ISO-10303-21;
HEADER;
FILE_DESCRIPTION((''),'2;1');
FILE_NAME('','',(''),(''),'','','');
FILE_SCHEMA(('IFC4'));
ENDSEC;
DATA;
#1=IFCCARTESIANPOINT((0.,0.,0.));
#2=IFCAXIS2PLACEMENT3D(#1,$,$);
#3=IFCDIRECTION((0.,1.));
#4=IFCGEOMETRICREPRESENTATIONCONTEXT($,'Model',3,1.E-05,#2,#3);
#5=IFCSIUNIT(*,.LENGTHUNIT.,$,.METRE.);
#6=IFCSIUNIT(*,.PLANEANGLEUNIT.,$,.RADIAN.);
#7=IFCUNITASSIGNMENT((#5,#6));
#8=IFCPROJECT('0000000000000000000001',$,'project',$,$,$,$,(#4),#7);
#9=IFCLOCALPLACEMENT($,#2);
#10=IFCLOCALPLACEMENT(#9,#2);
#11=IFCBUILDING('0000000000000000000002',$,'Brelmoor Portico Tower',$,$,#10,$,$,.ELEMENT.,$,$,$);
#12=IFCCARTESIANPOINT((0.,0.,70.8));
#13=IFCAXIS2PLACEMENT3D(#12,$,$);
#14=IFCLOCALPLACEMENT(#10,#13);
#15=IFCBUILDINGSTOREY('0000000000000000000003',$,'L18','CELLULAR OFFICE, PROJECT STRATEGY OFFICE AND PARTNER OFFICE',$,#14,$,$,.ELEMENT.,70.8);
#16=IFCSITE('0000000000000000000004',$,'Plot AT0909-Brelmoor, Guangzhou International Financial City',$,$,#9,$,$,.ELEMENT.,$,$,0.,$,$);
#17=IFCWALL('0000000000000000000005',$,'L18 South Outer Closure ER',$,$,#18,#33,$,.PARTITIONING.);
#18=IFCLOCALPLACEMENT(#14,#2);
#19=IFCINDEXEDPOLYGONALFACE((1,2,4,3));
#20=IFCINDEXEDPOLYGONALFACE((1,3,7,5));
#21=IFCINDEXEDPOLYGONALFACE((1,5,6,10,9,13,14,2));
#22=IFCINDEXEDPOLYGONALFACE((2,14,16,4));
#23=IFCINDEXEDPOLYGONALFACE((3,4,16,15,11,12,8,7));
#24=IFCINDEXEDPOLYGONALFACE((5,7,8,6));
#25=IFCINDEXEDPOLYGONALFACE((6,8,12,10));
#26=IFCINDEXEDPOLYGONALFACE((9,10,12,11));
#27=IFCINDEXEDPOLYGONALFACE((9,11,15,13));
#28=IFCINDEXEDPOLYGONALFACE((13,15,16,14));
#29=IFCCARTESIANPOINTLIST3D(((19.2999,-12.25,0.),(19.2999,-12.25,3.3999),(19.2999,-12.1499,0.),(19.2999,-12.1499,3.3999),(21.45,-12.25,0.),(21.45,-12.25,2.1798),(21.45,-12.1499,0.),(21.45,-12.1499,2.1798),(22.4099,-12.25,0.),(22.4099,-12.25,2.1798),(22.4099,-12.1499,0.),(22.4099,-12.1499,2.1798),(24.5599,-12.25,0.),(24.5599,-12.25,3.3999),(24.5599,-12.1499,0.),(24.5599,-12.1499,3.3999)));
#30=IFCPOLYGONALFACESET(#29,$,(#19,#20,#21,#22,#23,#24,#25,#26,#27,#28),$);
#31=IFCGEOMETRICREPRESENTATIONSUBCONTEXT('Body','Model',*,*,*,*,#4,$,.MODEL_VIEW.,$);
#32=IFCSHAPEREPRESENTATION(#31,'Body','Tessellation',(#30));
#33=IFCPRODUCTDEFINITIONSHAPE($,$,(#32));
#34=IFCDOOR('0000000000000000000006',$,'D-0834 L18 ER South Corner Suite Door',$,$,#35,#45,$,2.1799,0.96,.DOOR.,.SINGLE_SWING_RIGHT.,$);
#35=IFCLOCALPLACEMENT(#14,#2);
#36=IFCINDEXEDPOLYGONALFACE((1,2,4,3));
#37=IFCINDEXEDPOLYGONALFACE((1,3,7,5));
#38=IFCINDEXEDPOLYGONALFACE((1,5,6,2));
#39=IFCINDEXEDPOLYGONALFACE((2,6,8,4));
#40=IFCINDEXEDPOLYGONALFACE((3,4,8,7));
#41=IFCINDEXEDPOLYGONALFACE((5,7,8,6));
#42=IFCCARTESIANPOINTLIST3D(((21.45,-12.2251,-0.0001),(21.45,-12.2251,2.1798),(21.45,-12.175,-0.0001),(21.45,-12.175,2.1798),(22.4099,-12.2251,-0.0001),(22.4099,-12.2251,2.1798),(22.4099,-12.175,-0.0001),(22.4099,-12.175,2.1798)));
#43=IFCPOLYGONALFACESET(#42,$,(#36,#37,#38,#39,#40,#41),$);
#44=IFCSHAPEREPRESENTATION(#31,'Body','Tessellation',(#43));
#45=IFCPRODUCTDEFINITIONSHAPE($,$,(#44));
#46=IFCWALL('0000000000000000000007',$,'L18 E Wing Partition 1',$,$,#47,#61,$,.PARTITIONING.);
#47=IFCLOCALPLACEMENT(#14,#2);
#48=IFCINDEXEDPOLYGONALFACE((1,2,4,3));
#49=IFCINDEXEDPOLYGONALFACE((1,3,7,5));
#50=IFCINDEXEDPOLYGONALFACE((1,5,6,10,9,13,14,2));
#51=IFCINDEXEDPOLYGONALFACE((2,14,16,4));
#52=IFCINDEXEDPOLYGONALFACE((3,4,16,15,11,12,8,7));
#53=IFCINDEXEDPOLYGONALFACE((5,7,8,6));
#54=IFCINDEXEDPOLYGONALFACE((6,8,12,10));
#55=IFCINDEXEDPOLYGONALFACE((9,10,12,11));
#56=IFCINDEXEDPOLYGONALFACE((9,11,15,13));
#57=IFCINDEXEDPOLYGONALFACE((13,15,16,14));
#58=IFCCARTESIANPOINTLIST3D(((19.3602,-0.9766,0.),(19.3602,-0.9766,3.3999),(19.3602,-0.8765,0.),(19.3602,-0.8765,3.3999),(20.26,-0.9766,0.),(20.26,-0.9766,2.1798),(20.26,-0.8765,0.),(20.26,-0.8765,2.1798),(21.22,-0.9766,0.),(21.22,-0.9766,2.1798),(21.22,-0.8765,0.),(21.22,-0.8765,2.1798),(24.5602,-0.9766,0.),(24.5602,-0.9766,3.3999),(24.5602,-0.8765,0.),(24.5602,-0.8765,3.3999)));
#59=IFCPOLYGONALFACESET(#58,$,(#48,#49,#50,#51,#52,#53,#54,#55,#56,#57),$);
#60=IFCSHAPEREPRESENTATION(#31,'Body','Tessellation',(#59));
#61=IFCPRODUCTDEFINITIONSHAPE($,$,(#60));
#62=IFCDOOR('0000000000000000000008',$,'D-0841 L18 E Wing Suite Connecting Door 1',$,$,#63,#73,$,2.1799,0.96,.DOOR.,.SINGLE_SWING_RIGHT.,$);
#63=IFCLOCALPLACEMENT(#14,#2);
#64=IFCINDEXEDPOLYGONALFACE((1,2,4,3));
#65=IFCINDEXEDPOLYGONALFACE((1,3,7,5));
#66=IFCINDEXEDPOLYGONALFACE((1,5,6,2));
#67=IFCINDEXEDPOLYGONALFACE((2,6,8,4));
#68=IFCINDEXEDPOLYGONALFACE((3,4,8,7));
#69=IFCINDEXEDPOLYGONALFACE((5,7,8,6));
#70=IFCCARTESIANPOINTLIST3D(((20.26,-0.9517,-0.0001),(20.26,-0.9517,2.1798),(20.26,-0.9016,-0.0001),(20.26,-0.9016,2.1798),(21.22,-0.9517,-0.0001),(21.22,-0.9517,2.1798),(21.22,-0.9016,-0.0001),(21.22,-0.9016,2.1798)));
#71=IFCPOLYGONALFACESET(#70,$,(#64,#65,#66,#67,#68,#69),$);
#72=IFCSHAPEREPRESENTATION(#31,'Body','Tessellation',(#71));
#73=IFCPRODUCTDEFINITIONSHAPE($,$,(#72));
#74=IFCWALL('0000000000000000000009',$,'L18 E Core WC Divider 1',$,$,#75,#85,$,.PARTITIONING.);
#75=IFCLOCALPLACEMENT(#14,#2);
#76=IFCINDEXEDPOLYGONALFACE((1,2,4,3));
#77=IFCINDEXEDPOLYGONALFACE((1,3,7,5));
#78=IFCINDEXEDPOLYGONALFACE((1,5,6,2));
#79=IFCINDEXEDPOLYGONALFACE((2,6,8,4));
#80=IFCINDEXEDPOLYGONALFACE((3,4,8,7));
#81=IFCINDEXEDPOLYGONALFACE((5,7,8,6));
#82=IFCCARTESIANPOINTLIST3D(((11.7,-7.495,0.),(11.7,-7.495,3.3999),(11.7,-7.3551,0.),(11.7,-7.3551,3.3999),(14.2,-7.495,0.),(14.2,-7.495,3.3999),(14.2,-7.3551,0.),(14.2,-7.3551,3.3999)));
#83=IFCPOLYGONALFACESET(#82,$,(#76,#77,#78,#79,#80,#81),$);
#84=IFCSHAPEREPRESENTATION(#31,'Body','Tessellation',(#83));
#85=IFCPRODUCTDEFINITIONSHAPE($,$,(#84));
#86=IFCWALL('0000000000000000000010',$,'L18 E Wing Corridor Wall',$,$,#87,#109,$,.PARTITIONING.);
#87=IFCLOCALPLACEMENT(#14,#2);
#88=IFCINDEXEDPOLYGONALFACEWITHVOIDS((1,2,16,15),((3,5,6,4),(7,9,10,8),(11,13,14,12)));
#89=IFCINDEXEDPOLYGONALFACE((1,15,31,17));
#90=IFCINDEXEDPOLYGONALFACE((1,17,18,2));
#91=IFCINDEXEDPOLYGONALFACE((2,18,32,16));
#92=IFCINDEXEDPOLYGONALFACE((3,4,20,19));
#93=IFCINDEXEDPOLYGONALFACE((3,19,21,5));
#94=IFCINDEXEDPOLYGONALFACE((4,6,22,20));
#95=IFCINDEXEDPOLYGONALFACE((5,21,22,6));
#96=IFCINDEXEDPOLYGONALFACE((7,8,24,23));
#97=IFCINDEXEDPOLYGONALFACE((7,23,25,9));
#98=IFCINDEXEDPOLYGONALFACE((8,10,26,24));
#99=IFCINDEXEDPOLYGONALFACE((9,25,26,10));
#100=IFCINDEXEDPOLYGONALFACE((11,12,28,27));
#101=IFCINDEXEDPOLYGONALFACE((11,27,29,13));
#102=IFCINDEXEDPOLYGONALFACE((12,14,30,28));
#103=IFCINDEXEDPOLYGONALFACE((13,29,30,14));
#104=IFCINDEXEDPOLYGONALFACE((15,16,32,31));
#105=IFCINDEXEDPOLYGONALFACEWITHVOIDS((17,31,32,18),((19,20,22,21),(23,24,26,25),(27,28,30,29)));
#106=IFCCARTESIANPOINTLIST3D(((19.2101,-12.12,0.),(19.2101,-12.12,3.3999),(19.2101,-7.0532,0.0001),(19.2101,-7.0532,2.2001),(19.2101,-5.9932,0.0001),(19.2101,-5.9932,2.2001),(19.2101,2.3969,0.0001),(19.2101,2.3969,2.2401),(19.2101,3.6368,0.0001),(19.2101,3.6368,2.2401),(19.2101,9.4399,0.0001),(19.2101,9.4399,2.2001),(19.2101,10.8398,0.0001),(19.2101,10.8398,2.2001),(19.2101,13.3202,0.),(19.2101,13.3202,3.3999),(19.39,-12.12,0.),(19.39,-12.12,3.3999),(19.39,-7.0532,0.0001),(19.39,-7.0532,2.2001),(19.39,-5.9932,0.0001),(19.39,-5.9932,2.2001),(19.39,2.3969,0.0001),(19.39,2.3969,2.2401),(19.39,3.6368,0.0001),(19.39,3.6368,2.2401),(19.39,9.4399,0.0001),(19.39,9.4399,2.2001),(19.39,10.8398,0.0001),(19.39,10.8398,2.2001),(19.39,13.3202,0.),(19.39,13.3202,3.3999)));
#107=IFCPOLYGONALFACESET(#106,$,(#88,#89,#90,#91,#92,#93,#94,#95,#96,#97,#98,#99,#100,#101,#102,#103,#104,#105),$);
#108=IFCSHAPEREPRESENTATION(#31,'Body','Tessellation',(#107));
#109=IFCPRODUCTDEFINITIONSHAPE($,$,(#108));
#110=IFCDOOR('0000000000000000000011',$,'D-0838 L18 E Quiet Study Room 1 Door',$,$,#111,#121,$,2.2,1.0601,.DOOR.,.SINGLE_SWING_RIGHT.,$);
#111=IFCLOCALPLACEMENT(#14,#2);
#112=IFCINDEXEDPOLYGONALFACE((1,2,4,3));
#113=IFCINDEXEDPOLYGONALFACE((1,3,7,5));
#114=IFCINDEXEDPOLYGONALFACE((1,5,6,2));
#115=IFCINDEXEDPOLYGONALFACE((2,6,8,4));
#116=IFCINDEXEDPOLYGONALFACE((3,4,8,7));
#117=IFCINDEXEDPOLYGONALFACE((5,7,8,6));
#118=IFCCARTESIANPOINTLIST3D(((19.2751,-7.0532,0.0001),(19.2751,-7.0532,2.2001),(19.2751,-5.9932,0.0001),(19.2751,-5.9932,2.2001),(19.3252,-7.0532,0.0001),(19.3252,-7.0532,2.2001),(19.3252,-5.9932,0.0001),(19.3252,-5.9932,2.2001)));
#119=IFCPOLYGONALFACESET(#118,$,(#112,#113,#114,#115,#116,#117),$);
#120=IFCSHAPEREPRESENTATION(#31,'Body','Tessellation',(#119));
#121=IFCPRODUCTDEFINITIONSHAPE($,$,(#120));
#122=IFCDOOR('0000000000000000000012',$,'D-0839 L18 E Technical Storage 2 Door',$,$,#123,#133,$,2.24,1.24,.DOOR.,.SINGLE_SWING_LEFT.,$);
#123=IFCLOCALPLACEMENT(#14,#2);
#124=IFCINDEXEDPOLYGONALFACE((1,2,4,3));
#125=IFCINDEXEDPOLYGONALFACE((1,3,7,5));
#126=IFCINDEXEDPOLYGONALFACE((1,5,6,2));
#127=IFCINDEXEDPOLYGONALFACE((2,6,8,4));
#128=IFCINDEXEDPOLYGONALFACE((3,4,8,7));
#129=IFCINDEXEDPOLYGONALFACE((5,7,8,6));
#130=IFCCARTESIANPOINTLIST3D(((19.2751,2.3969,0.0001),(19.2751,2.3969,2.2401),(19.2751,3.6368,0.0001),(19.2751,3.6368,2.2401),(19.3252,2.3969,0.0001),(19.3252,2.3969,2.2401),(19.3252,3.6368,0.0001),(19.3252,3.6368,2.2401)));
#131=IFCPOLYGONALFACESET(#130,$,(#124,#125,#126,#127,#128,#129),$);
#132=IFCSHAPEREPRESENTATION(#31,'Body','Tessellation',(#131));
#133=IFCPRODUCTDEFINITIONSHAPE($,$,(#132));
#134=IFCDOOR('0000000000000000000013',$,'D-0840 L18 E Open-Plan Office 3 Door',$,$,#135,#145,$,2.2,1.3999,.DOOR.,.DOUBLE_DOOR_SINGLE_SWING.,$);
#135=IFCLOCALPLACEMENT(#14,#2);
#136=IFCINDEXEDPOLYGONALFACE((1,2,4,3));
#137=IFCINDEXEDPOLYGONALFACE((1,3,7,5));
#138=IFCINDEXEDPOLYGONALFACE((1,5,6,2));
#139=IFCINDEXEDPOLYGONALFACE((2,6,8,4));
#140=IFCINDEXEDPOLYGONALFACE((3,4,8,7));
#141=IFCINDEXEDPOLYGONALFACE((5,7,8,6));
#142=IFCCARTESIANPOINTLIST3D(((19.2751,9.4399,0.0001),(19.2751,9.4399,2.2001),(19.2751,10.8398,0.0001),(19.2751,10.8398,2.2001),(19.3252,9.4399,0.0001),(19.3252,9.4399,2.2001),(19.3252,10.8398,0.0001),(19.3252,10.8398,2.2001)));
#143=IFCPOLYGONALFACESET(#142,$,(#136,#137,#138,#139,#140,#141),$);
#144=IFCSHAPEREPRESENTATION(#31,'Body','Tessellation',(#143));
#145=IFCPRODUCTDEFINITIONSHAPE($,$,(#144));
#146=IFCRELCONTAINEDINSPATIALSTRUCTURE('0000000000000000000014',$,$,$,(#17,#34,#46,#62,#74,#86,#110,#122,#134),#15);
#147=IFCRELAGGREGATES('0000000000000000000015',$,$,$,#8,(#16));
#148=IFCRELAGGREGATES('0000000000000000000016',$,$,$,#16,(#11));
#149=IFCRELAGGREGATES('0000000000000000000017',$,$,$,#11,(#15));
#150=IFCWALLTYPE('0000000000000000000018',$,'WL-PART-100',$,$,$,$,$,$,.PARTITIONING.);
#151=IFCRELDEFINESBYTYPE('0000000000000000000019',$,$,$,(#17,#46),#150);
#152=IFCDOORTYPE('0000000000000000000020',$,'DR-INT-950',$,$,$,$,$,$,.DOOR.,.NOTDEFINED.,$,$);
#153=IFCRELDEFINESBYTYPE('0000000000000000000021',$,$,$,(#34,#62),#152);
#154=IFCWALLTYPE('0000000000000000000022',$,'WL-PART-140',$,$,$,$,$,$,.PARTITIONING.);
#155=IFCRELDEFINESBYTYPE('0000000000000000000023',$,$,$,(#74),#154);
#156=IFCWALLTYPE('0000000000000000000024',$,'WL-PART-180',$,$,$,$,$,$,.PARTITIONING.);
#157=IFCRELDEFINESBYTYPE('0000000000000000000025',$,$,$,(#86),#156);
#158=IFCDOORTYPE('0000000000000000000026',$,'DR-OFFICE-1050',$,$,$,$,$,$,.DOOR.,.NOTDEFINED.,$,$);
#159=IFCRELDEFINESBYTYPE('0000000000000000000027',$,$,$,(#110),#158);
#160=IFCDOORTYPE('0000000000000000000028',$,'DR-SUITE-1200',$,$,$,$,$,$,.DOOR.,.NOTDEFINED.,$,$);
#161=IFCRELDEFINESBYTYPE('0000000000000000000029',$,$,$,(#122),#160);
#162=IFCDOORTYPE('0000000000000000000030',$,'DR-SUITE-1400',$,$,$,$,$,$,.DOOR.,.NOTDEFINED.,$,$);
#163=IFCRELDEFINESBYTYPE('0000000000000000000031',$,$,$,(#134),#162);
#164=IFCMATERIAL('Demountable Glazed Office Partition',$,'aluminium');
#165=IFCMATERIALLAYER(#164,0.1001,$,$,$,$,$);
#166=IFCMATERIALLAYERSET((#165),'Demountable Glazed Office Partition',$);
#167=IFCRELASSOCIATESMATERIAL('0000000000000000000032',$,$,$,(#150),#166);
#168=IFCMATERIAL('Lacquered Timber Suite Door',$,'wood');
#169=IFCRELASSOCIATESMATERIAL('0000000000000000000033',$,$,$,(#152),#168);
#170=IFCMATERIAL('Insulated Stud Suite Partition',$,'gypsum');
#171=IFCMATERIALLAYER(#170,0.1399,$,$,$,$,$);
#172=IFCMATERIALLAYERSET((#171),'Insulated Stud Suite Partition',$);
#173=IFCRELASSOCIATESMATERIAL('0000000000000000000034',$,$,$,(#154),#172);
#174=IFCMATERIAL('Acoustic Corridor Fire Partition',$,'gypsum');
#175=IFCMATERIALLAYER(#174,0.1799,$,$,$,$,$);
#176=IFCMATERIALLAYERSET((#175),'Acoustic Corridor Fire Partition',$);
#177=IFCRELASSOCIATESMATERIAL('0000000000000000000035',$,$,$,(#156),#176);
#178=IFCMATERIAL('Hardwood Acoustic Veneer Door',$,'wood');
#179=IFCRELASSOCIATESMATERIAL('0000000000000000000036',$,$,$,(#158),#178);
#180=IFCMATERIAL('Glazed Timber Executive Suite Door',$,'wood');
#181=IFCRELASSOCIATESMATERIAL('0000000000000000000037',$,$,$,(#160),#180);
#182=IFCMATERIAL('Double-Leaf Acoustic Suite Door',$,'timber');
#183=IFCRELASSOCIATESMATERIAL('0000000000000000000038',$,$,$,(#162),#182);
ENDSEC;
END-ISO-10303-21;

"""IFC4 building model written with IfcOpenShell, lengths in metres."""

from ifc_helpers import new_model, si_unit, direction, frame, frame_2d, origin, place, context, subcontext, project, spatial, rectangle, extrude, material, layer, layer_set, type_object, element, fill, save


model = new_model("IFC4")

# Units and contexts
model_context = context("Model", 3, precision=1e-05, world=origin(), true_north=direction((0.0, 1.0)))
body_context = subcontext(model_context, "Body", "Model", "MODEL_VIEW")
ifc_project = project(units=[si_unit("LENGTHUNIT", "METRE"), si_unit("PLANEANGLEUNIT", "RADIAN")], contexts=[model_context])

# Site, building, storey
site_placement = place(None, origin())
site = spatial("IfcSite", under=ifc_project, at=site_placement, Name="Plot AT0909-Brelmoor, Guangzhou International Financial City", CompositionType="ELEMENT", RefElevation=0.0)
building_placement = place(site_placement, origin())
building = spatial("IfcBuilding", under=site, at=building_placement, Name="Brelmoor Portico Tower", CompositionType="ELEMENT")
storey_placement = place(building_placement, frame((0.0, 0.0, 70.8)))
storey = spatial("IfcBuildingStorey", under=building, at=storey_placement, Name="L18", Description="CELLULAR OFFICE, PROJECT STRATEGY OFFICE AND PARTNER OFFICE", CompositionType="ELEMENT", Elevation=70.8)

# Walls, openings, doors
ifc_material_1 = material(Name="Demountable Glazed Office Partition", Category="aluminium")
ifc_layer_1 = layer(ifc_material_1, 0.1001)
ifc_layer_set_1 = layer_set([ifc_layer_1], Name="Demountable Glazed Office Partition")
wall_type_1 = type_object("IfcWallType", Name="WL-PART-100", PredefinedType="PARTITIONING", material=ifc_layer_set_1)
wall_1_placement = place(storey_placement, frame((19.3, -12.2, 0.0), z_axis=(0.0, 0.0, 1.0), x_axis=(1.0, 0.0, 0.0)))
wall_1 = element("IfcWall", 1, at=wall_1_placement, inside=storey, type_object=wall_type_1, Name="L18 South Outer Closure ER", PredefinedType="PARTITIONING", context=body_context, shape_type="SweptSolid", body=[
    extrude(rectangle(XDim=5.26, YDim=0.1001, at=frame_2d((2.6299, 0.0))), origin(), (0.0, 0.0, 1.0), 3.3999),
])
opening_1_placement = place(wall_1_placement, frame((2.1499, 0.0, 0.0)))
opening_1 = element("IfcOpeningElement", 2, at=opening_1_placement, cuts=wall_1, PredefinedType="OPENING", context=body_context, shape_type="SweptSolid", body=[
    extrude(rectangle(XDim=0.96, YDim=2.1799, at=frame_2d((0.48, 1.0898))), frame((0.0, 0.0601, 0.0), z_axis=(0.0, -1.0, 0.0), x_axis=(1.0, 0.0, 0.0)), (0.0, 0.0, 1.0), 0.1201),
])
ifc_material_2 = material(Name="Lacquered Timber Suite Door", Category="wood")
door_type_1 = type_object("IfcDoorType", Name="DR-INT-950", OperationType="NOTDEFINED", PredefinedType="DOOR", material=ifc_material_2)
door_1_placement = place(opening_1_placement, origin())
door_1 = element("IfcDoor", 3, at=door_1_placement, inside=storey, type_object=door_type_1, Name="D-0834 L18 ER South Corner Suite Door", OperationType="SINGLE_SWING_RIGHT", OverallHeight=2.1799, OverallWidth=0.96, PredefinedType="DOOR", context=body_context, shape_type="SweptSolid", body=[
    extrude(rectangle(XDim=0.96, YDim=2.1799, at=frame_2d((0.48, 1.0898))), frame((0.0, 0.0249, 0.0), z_axis=(0.0, -1.0, 0.0), x_axis=(1.0, 0.0, 0.0)), (0.0, 0.0, 1.0), 0.05),
])
fill(opening_1, door_1)
wall_2_placement = place(storey_placement, frame((19.3601, -0.9265, 0.0), z_axis=(0.0, 0.0, 1.0), x_axis=(1.0, 0.0, 0.0)))
wall_2 = element("IfcWall", 4, at=wall_2_placement, inside=storey, type_object=wall_type_1, Name="L18 E Wing Partition 1", PredefinedType="PARTITIONING", context=body_context, shape_type="SweptSolid", body=[
    extrude(rectangle(XDim=5.2, YDim=0.1001, at=frame_2d((2.6001, 0.0))), origin(), (0.0, 0.0, 1.0), 3.3999),
])
opening_2_placement = place(wall_2_placement, frame((0.8999, 0.0, 0.0)))
opening_2 = element("IfcOpeningElement", 5, at=opening_2_placement, cuts=wall_2, PredefinedType="OPENING", context=body_context, shape_type="SweptSolid", body=[
    extrude(rectangle(XDim=0.96, YDim=2.1799, at=frame_2d((0.48, 1.0898))), frame((0.0, 0.0601, 0.0), z_axis=(0.0, -1.0, 0.0), x_axis=(1.0, 0.0, 0.0)), (0.0, 0.0, 1.0), 0.1201),
])
door_2_placement = place(opening_2_placement, origin())
door_2 = element("IfcDoor", 6, at=door_2_placement, inside=storey, type_object=door_type_1, Name="D-0841 L18 E Wing Suite Connecting Door 1", OperationType="SINGLE_SWING_RIGHT", OverallHeight=2.1799, OverallWidth=0.96, PredefinedType="DOOR", context=body_context, shape_type="SweptSolid", body=[
    extrude(rectangle(XDim=0.96, YDim=2.1799, at=frame_2d((0.48, 1.0898))), frame((0.0, 0.0249, 0.0), z_axis=(0.0, -1.0, 0.0), x_axis=(1.0, 0.0, 0.0)), (0.0, 0.0, 1.0), 0.05),
])
fill(opening_2, door_2)

# Wall
ifc_material_3 = material(Name="Insulated Stud Suite Partition", Category="gypsum")
ifc_layer_2 = layer(ifc_material_3, 0.1399)
ifc_layer_set_2 = layer_set([ifc_layer_2], Name="Insulated Stud Suite Partition")
wall_type_2 = type_object("IfcWallType", Name="WL-PART-140", PredefinedType="PARTITIONING", material=ifc_layer_set_2)
wall_3_placement = place(storey_placement, frame((11.7, -7.425, 0.0), z_axis=(0.0, 0.0, 1.0), x_axis=(1.0, 0.0, 0.0)))
element("IfcWall", 7, at=wall_3_placement, inside=storey, type_object=wall_type_2, Name="L18 E Core WC Divider 1", PredefinedType="PARTITIONING", context=body_context, shape_type="SweptSolid", body=[
    extrude(rectangle(XDim=2.5, YDim=0.1399, at=frame_2d((1.25, 0.0))), origin(), (0.0, 0.0, 1.0), 3.3999),
])

# Wall, openings, doors
ifc_material_4 = material(Name="Acoustic Corridor Fire Partition", Category="gypsum")
ifc_layer_3 = layer(ifc_material_4, 0.1799)
ifc_layer_set_3 = layer_set([ifc_layer_3], Name="Acoustic Corridor Fire Partition")
wall_type_3 = type_object("IfcWallType", Name="WL-PART-180", PredefinedType="PARTITIONING", material=ifc_layer_set_3)
wall_4_placement = place(storey_placement, frame((19.3, -12.1201, 0.0), z_axis=(0.0, 0.0, 1.0), x_axis=(0.0, 1.0, 0.0)))
wall_4 = element("IfcWall", 8, at=wall_4_placement, inside=storey, type_object=wall_type_3, Name="L18 E Wing Corridor Wall", PredefinedType="PARTITIONING", context=body_context, shape_type="SweptSolid", body=[
    extrude(rectangle(XDim=25.4402, YDim=0.1799, at=frame_2d((12.7202, 0.0))), origin(), (0.0, 0.0, 1.0), 3.3999),
])
opening_3_placement = place(wall_4_placement, frame((5.0669, 0.0, 0.0)))
opening_3 = element("IfcOpeningElement", 9, at=opening_3_placement, cuts=wall_4, PredefinedType="OPENING", context=body_context, shape_type="SweptSolid", body=[
    extrude(rectangle(XDim=1.0601, YDim=2.2, at=frame_2d((0.53, 1.1001))), frame((0.0, 0.0999, 0.0), z_axis=(0.0, -1.0, 0.0), x_axis=(1.0, 0.0, 0.0)), (0.0, 0.0, 1.0), 0.2),
])
opening_4_placement = place(wall_4_placement, frame((14.5168, 0.0, 0.0)))
opening_4 = element("IfcOpeningElement", 10, at=opening_4_placement, cuts=wall_4, PredefinedType="OPENING", context=body_context, shape_type="SweptSolid", body=[
    extrude(rectangle(XDim=1.24, YDim=2.24, at=frame_2d((0.6201, 1.1201))), frame((0.0, 0.0999, 0.0), z_axis=(0.0, -1.0, 0.0), x_axis=(1.0, 0.0, 0.0)), (0.0, 0.0, 1.0), 0.2),
])
opening_5_placement = place(wall_4_placement, frame((21.5601, 0.0, 0.0)))
opening_5 = element("IfcOpeningElement", 11, at=opening_5_placement, cuts=wall_4, PredefinedType="OPENING", context=body_context, shape_type="SweptSolid", body=[
    extrude(rectangle(XDim=1.3999, YDim=2.2, at=frame_2d((0.7, 1.1001))), frame((0.0, 0.0999, 0.0), z_axis=(0.0, -1.0, 0.0), x_axis=(1.0, 0.0, 0.0)), (0.0, 0.0, 1.0), 0.2),
])
ifc_material_5 = material(Name="Hardwood Acoustic Veneer Door", Category="wood")
door_type_2 = type_object("IfcDoorType", Name="DR-OFFICE-1050", OperationType="NOTDEFINED", PredefinedType="DOOR", material=ifc_material_5)
door_3_placement = place(opening_3_placement, origin())
door_3 = element("IfcDoor", 12, at=door_3_placement, inside=storey, type_object=door_type_2, Name="D-0838 L18 E Quiet Study Room 1 Door", OperationType="SINGLE_SWING_RIGHT", OverallHeight=2.2, OverallWidth=1.0601, PredefinedType="DOOR", context=body_context, shape_type="SweptSolid", body=[
    extrude(rectangle(XDim=1.0601, YDim=2.2, at=frame_2d((0.53, 1.1001))), frame((0.0, 0.0249, 0.0), z_axis=(0.0, -1.0, 0.0), x_axis=(1.0, 0.0, 0.0)), (0.0, 0.0, 1.0), 0.05),
])
fill(opening_3, door_3)
ifc_material_6 = material(Name="Glazed Timber Executive Suite Door", Category="wood")
door_type_3 = type_object("IfcDoorType", Name="DR-SUITE-1200", OperationType="NOTDEFINED", PredefinedType="DOOR", material=ifc_material_6)
door_4_placement = place(opening_4_placement, origin())
door_4 = element("IfcDoor", 13, at=door_4_placement, inside=storey, type_object=door_type_3, Name="D-0839 L18 E Technical Storage 2 Door", OperationType="SINGLE_SWING_LEFT", OverallHeight=2.24, OverallWidth=1.24, PredefinedType="DOOR", context=body_context, shape_type="SweptSolid", body=[
    extrude(rectangle(XDim=1.24, YDim=2.24, at=frame_2d((0.6201, 1.1201))), frame((0.0, 0.0249, 0.0), z_axis=(0.0, -1.0, 0.0), x_axis=(1.0, 0.0, 0.0)), (0.0, 0.0, 1.0), 0.05),
])
fill(opening_4, door_4)
ifc_material_7 = material(Name="Double-Leaf Acoustic Suite Door", Category="timber")
door_type_4 = type_object("IfcDoorType", Name="DR-SUITE-1400", OperationType="NOTDEFINED", PredefinedType="DOOR", material=ifc_material_7)
door_5_placement = place(opening_5_placement, origin())
door_5 = element("IfcDoor", 14, at=door_5_placement, inside=storey, type_object=door_type_4, Name="D-0840 L18 E Open-Plan Office 3 Door", OperationType="DOUBLE_DOOR_SINGLE_SWING", OverallHeight=2.2, OverallWidth=1.3999, PredefinedType="DOOR", context=body_context, shape_type="SweptSolid", body=[
    extrude(rectangle(XDim=1.3999, YDim=2.2, at=frame_2d((0.7, 1.1001))), frame((0.0, 0.0249, 0.0), z_axis=(0.0, -1.0, 0.0), x_axis=(1.0, 0.0, 0.0)), (0.0, 0.0, 1.0), 0.05),
])
fill(opening_5, door_5)

save(model, "model.ifc")
